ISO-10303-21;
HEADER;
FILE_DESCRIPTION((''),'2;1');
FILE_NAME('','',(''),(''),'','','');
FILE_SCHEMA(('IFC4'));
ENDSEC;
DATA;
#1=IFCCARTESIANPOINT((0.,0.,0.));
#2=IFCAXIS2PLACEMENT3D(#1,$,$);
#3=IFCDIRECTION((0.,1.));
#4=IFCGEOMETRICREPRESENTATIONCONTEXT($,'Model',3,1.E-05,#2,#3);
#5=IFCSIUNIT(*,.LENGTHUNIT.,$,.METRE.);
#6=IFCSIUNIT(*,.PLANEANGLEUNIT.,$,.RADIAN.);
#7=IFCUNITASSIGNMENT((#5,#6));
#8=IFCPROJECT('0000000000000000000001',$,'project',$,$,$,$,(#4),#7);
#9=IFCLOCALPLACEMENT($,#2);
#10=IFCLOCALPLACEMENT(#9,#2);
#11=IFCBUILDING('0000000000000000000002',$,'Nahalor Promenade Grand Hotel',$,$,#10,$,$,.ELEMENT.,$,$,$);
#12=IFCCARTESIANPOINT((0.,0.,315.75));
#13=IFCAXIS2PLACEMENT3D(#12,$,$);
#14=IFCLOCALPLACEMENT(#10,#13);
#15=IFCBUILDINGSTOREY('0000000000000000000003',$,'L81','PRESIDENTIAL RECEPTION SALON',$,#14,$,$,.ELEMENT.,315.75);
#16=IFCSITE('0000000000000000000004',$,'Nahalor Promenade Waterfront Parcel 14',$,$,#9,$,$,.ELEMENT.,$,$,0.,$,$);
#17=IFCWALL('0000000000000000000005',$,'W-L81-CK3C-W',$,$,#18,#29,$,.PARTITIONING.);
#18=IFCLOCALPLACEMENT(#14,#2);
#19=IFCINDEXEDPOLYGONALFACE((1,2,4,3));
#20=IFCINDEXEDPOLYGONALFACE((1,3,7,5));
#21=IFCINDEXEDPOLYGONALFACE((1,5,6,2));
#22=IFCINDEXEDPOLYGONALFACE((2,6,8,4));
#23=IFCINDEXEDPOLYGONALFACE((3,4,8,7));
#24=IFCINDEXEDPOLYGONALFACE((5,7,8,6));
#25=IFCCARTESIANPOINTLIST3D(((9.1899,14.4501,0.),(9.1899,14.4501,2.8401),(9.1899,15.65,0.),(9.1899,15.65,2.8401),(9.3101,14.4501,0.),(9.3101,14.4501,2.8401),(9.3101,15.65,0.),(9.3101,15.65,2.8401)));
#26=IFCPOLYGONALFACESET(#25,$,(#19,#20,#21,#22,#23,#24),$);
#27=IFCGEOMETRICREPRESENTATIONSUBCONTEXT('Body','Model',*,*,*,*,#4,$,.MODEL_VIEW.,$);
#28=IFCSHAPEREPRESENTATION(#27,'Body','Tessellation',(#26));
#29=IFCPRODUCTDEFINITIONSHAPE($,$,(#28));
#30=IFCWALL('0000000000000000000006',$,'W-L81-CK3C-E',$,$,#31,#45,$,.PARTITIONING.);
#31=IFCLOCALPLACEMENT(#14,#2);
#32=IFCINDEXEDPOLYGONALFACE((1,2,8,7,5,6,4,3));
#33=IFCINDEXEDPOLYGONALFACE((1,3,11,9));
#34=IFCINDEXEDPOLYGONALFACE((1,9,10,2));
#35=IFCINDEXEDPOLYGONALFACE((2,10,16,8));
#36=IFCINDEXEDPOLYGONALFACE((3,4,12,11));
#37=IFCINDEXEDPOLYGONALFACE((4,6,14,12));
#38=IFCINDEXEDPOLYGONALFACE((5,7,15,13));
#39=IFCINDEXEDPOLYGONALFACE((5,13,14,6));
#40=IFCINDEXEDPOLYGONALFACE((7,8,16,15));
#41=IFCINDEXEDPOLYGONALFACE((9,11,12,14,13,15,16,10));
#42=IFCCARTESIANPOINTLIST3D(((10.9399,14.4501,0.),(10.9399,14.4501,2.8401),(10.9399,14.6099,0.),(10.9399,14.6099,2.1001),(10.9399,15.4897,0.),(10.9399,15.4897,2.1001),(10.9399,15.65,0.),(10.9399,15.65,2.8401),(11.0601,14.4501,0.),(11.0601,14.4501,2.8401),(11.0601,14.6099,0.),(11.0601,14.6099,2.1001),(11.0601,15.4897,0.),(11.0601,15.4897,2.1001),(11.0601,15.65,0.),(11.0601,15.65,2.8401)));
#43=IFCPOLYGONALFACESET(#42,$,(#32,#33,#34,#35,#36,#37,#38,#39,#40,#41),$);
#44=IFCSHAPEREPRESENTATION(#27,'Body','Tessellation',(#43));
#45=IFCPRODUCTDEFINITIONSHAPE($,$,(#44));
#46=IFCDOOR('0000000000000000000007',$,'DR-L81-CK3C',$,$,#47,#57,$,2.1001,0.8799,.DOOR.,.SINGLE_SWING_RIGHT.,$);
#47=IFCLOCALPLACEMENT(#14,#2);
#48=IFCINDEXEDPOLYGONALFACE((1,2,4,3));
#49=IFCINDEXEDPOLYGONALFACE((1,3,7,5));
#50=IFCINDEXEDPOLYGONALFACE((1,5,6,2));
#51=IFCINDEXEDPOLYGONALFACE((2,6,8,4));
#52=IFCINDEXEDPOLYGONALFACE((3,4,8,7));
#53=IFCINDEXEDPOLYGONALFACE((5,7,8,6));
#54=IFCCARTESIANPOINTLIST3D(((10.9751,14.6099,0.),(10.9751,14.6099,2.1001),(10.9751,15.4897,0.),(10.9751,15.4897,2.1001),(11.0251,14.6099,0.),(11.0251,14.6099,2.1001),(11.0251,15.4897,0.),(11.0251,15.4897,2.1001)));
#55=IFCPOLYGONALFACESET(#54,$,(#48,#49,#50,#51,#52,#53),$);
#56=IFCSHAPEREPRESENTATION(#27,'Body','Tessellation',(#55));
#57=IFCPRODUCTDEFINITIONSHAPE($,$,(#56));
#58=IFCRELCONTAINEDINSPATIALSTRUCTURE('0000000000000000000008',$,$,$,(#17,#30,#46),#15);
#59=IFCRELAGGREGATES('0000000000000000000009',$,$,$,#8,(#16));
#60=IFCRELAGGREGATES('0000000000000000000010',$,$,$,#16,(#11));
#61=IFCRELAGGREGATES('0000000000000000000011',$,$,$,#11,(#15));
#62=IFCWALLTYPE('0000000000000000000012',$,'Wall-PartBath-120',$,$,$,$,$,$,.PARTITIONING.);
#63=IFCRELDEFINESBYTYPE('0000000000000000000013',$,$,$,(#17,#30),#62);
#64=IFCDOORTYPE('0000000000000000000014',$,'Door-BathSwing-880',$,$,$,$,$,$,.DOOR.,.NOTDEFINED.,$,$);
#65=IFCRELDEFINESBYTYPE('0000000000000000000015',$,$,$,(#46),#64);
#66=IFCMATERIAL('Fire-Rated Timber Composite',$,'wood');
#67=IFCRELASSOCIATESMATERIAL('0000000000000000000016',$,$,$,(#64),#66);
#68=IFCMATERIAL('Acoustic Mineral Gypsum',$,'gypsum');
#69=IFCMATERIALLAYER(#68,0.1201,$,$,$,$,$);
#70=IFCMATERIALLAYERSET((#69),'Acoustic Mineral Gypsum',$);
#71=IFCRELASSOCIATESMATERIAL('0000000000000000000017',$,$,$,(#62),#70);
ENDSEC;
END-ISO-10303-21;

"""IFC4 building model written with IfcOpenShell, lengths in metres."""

from ifc_helpers import new_model, si_unit, direction, frame, frame_2d, origin, place, context, subcontext, project, spatial, rectangle, extrude, source, transform, mapped, material, layer, layer_set, type_object, element, fill, save


model = new_model("IFC4")

# Units and contexts
model_context = context("Model", 3, precision=1e-05, world=origin(), true_north=direction((0.0, 1.0)))
body_context = subcontext(model_context, "Body", "Model", "MODEL_VIEW")
ifc_project = project(units=[si_unit("LENGTHUNIT", "METRE"), si_unit("PLANEANGLEUNIT", "RADIAN")], contexts=[model_context])

# Site, building, storey
site_placement = place(None, origin())
site = spatial("IfcSite", under=ifc_project, at=site_placement, Name="Nahalor Promenade Waterfront Parcel 14", CompositionType="ELEMENT", RefElevation=0.0)
building_placement = place(site_placement, origin())
building = spatial("IfcBuilding", under=site, at=building_placement, Name="Nahalor Promenade Grand Hotel", CompositionType="ELEMENT")
storey_placement = place(building_placement, frame((0.0, 0.0, 315.75)))
storey = spatial("IfcBuildingStorey", under=building, at=storey_placement, Name="L81", Description="PRESIDENTIAL RECEPTION SALON", CompositionType="ELEMENT", Elevation=315.75)

# Shared definitions
ifc_material_1 = material(Name="Acoustic Mineral Gypsum", Category="gypsum")

# Shared definitions
ifc_material_2 = material(Name="Fire-Rated Timber Composite", Category="wood")
door_type = type_object("IfcDoorType", Name="Door-BathSwing-880", OperationType="NOTDEFINED", PredefinedType="DOOR", material=ifc_material_2)
shared_shape_1 = source(origin(), body_context, "Body", "SweptSolid", [
    extrude(rectangle(XDim=0.8799, YDim=2.1001, at=frame_2d((0.4399, 1.05))), frame((0.0, 0.0249, 0.0), z_axis=(0.0, -1.0, 0.0), x_axis=(1.0, 0.0, 0.0)), (0.0, 0.0, 1.0), 0.05),
])

# Wall
ifc_layer_1 = layer(ifc_material_1, 0.1201)
ifc_layer_set_1 = layer_set([ifc_layer_1], Name="Acoustic Mineral Gypsum")
wall_type_1 = type_object("IfcWallType", Name="Wall-PartBath-120", PredefinedType="PARTITIONING", material=ifc_layer_set_1)
shared_shape_2 = source(origin(), body_context, "Body", "SweptSolid", [
    extrude(rectangle(XDim=1.2, YDim=0.1201, at=frame_2d((0.6001, 0.0))), origin(), (0.0, 0.0, 1.0), 2.8401),
])
wall_1_placement = place(storey_placement, frame((9.25, 14.45, 0.0), z_axis=(0.0, 0.0, 1.0), x_axis=(0.0, 1.0, 0.0)))
element("IfcWall", 1, at=wall_1_placement, inside=storey, type_object=wall_type_1, Name="W-L81-CK3C-W", PredefinedType="PARTITIONING", context=body_context, shape_type="MappedRepresentation", body=[
    mapped(shared_shape_2, transform((0.0, 0.0, 0.0), scale=1.0)),
])

# Wall, opening, door
wall_2_placement = place(storey_placement, frame((11.0, 14.45, 0.0), z_axis=(0.0, 0.0, 1.0), x_axis=(0.0, 1.0, 0.0)))
wall_2 = element("IfcWall", 2, at=wall_2_placement, inside=storey, type_object=wall_type_1, Name="W-L81-CK3C-E", PredefinedType="PARTITIONING", context=body_context, shape_type="MappedRepresentation", body=[
    mapped(shared_shape_2, transform((0.0, 0.0, 0.0), scale=1.0)),
])
opening_1_placement = place(wall_2_placement, frame((0.1599, 0.0, 0.0)))
opening_1 = element("IfcOpeningElement", 3, at=opening_1_placement, cuts=wall_2, PredefinedType="OPENING", context=body_context, shape_type="SweptSolid", body=[
    extrude(rectangle(XDim=0.8799, YDim=2.1001, at=frame_2d((0.4399, 1.05))), frame((0.0, 0.0701, 0.0), z_axis=(0.0, -1.0, 0.0), x_axis=(1.0, 0.0, 0.0)), (0.0, 0.0, 1.0), 0.1401),
])
door_1_placement = place(opening_1_placement, origin())
door_1 = element("IfcDoor", 4, at=door_1_placement, inside=storey, type_object=door_type, Name="DR-L81-CK3C", OperationType="SINGLE_SWING_RIGHT", OverallHeight=2.1001, OverallWidth=0.8799, PredefinedType="DOOR", context=body_context, shape_type="MappedRepresentation", body=[
    mapped(shared_shape_1, transform((0.0, 0.0, 0.0), scale=1.0)),
])
fill(opening_1, door_1)

save(model, "model.ifc")
